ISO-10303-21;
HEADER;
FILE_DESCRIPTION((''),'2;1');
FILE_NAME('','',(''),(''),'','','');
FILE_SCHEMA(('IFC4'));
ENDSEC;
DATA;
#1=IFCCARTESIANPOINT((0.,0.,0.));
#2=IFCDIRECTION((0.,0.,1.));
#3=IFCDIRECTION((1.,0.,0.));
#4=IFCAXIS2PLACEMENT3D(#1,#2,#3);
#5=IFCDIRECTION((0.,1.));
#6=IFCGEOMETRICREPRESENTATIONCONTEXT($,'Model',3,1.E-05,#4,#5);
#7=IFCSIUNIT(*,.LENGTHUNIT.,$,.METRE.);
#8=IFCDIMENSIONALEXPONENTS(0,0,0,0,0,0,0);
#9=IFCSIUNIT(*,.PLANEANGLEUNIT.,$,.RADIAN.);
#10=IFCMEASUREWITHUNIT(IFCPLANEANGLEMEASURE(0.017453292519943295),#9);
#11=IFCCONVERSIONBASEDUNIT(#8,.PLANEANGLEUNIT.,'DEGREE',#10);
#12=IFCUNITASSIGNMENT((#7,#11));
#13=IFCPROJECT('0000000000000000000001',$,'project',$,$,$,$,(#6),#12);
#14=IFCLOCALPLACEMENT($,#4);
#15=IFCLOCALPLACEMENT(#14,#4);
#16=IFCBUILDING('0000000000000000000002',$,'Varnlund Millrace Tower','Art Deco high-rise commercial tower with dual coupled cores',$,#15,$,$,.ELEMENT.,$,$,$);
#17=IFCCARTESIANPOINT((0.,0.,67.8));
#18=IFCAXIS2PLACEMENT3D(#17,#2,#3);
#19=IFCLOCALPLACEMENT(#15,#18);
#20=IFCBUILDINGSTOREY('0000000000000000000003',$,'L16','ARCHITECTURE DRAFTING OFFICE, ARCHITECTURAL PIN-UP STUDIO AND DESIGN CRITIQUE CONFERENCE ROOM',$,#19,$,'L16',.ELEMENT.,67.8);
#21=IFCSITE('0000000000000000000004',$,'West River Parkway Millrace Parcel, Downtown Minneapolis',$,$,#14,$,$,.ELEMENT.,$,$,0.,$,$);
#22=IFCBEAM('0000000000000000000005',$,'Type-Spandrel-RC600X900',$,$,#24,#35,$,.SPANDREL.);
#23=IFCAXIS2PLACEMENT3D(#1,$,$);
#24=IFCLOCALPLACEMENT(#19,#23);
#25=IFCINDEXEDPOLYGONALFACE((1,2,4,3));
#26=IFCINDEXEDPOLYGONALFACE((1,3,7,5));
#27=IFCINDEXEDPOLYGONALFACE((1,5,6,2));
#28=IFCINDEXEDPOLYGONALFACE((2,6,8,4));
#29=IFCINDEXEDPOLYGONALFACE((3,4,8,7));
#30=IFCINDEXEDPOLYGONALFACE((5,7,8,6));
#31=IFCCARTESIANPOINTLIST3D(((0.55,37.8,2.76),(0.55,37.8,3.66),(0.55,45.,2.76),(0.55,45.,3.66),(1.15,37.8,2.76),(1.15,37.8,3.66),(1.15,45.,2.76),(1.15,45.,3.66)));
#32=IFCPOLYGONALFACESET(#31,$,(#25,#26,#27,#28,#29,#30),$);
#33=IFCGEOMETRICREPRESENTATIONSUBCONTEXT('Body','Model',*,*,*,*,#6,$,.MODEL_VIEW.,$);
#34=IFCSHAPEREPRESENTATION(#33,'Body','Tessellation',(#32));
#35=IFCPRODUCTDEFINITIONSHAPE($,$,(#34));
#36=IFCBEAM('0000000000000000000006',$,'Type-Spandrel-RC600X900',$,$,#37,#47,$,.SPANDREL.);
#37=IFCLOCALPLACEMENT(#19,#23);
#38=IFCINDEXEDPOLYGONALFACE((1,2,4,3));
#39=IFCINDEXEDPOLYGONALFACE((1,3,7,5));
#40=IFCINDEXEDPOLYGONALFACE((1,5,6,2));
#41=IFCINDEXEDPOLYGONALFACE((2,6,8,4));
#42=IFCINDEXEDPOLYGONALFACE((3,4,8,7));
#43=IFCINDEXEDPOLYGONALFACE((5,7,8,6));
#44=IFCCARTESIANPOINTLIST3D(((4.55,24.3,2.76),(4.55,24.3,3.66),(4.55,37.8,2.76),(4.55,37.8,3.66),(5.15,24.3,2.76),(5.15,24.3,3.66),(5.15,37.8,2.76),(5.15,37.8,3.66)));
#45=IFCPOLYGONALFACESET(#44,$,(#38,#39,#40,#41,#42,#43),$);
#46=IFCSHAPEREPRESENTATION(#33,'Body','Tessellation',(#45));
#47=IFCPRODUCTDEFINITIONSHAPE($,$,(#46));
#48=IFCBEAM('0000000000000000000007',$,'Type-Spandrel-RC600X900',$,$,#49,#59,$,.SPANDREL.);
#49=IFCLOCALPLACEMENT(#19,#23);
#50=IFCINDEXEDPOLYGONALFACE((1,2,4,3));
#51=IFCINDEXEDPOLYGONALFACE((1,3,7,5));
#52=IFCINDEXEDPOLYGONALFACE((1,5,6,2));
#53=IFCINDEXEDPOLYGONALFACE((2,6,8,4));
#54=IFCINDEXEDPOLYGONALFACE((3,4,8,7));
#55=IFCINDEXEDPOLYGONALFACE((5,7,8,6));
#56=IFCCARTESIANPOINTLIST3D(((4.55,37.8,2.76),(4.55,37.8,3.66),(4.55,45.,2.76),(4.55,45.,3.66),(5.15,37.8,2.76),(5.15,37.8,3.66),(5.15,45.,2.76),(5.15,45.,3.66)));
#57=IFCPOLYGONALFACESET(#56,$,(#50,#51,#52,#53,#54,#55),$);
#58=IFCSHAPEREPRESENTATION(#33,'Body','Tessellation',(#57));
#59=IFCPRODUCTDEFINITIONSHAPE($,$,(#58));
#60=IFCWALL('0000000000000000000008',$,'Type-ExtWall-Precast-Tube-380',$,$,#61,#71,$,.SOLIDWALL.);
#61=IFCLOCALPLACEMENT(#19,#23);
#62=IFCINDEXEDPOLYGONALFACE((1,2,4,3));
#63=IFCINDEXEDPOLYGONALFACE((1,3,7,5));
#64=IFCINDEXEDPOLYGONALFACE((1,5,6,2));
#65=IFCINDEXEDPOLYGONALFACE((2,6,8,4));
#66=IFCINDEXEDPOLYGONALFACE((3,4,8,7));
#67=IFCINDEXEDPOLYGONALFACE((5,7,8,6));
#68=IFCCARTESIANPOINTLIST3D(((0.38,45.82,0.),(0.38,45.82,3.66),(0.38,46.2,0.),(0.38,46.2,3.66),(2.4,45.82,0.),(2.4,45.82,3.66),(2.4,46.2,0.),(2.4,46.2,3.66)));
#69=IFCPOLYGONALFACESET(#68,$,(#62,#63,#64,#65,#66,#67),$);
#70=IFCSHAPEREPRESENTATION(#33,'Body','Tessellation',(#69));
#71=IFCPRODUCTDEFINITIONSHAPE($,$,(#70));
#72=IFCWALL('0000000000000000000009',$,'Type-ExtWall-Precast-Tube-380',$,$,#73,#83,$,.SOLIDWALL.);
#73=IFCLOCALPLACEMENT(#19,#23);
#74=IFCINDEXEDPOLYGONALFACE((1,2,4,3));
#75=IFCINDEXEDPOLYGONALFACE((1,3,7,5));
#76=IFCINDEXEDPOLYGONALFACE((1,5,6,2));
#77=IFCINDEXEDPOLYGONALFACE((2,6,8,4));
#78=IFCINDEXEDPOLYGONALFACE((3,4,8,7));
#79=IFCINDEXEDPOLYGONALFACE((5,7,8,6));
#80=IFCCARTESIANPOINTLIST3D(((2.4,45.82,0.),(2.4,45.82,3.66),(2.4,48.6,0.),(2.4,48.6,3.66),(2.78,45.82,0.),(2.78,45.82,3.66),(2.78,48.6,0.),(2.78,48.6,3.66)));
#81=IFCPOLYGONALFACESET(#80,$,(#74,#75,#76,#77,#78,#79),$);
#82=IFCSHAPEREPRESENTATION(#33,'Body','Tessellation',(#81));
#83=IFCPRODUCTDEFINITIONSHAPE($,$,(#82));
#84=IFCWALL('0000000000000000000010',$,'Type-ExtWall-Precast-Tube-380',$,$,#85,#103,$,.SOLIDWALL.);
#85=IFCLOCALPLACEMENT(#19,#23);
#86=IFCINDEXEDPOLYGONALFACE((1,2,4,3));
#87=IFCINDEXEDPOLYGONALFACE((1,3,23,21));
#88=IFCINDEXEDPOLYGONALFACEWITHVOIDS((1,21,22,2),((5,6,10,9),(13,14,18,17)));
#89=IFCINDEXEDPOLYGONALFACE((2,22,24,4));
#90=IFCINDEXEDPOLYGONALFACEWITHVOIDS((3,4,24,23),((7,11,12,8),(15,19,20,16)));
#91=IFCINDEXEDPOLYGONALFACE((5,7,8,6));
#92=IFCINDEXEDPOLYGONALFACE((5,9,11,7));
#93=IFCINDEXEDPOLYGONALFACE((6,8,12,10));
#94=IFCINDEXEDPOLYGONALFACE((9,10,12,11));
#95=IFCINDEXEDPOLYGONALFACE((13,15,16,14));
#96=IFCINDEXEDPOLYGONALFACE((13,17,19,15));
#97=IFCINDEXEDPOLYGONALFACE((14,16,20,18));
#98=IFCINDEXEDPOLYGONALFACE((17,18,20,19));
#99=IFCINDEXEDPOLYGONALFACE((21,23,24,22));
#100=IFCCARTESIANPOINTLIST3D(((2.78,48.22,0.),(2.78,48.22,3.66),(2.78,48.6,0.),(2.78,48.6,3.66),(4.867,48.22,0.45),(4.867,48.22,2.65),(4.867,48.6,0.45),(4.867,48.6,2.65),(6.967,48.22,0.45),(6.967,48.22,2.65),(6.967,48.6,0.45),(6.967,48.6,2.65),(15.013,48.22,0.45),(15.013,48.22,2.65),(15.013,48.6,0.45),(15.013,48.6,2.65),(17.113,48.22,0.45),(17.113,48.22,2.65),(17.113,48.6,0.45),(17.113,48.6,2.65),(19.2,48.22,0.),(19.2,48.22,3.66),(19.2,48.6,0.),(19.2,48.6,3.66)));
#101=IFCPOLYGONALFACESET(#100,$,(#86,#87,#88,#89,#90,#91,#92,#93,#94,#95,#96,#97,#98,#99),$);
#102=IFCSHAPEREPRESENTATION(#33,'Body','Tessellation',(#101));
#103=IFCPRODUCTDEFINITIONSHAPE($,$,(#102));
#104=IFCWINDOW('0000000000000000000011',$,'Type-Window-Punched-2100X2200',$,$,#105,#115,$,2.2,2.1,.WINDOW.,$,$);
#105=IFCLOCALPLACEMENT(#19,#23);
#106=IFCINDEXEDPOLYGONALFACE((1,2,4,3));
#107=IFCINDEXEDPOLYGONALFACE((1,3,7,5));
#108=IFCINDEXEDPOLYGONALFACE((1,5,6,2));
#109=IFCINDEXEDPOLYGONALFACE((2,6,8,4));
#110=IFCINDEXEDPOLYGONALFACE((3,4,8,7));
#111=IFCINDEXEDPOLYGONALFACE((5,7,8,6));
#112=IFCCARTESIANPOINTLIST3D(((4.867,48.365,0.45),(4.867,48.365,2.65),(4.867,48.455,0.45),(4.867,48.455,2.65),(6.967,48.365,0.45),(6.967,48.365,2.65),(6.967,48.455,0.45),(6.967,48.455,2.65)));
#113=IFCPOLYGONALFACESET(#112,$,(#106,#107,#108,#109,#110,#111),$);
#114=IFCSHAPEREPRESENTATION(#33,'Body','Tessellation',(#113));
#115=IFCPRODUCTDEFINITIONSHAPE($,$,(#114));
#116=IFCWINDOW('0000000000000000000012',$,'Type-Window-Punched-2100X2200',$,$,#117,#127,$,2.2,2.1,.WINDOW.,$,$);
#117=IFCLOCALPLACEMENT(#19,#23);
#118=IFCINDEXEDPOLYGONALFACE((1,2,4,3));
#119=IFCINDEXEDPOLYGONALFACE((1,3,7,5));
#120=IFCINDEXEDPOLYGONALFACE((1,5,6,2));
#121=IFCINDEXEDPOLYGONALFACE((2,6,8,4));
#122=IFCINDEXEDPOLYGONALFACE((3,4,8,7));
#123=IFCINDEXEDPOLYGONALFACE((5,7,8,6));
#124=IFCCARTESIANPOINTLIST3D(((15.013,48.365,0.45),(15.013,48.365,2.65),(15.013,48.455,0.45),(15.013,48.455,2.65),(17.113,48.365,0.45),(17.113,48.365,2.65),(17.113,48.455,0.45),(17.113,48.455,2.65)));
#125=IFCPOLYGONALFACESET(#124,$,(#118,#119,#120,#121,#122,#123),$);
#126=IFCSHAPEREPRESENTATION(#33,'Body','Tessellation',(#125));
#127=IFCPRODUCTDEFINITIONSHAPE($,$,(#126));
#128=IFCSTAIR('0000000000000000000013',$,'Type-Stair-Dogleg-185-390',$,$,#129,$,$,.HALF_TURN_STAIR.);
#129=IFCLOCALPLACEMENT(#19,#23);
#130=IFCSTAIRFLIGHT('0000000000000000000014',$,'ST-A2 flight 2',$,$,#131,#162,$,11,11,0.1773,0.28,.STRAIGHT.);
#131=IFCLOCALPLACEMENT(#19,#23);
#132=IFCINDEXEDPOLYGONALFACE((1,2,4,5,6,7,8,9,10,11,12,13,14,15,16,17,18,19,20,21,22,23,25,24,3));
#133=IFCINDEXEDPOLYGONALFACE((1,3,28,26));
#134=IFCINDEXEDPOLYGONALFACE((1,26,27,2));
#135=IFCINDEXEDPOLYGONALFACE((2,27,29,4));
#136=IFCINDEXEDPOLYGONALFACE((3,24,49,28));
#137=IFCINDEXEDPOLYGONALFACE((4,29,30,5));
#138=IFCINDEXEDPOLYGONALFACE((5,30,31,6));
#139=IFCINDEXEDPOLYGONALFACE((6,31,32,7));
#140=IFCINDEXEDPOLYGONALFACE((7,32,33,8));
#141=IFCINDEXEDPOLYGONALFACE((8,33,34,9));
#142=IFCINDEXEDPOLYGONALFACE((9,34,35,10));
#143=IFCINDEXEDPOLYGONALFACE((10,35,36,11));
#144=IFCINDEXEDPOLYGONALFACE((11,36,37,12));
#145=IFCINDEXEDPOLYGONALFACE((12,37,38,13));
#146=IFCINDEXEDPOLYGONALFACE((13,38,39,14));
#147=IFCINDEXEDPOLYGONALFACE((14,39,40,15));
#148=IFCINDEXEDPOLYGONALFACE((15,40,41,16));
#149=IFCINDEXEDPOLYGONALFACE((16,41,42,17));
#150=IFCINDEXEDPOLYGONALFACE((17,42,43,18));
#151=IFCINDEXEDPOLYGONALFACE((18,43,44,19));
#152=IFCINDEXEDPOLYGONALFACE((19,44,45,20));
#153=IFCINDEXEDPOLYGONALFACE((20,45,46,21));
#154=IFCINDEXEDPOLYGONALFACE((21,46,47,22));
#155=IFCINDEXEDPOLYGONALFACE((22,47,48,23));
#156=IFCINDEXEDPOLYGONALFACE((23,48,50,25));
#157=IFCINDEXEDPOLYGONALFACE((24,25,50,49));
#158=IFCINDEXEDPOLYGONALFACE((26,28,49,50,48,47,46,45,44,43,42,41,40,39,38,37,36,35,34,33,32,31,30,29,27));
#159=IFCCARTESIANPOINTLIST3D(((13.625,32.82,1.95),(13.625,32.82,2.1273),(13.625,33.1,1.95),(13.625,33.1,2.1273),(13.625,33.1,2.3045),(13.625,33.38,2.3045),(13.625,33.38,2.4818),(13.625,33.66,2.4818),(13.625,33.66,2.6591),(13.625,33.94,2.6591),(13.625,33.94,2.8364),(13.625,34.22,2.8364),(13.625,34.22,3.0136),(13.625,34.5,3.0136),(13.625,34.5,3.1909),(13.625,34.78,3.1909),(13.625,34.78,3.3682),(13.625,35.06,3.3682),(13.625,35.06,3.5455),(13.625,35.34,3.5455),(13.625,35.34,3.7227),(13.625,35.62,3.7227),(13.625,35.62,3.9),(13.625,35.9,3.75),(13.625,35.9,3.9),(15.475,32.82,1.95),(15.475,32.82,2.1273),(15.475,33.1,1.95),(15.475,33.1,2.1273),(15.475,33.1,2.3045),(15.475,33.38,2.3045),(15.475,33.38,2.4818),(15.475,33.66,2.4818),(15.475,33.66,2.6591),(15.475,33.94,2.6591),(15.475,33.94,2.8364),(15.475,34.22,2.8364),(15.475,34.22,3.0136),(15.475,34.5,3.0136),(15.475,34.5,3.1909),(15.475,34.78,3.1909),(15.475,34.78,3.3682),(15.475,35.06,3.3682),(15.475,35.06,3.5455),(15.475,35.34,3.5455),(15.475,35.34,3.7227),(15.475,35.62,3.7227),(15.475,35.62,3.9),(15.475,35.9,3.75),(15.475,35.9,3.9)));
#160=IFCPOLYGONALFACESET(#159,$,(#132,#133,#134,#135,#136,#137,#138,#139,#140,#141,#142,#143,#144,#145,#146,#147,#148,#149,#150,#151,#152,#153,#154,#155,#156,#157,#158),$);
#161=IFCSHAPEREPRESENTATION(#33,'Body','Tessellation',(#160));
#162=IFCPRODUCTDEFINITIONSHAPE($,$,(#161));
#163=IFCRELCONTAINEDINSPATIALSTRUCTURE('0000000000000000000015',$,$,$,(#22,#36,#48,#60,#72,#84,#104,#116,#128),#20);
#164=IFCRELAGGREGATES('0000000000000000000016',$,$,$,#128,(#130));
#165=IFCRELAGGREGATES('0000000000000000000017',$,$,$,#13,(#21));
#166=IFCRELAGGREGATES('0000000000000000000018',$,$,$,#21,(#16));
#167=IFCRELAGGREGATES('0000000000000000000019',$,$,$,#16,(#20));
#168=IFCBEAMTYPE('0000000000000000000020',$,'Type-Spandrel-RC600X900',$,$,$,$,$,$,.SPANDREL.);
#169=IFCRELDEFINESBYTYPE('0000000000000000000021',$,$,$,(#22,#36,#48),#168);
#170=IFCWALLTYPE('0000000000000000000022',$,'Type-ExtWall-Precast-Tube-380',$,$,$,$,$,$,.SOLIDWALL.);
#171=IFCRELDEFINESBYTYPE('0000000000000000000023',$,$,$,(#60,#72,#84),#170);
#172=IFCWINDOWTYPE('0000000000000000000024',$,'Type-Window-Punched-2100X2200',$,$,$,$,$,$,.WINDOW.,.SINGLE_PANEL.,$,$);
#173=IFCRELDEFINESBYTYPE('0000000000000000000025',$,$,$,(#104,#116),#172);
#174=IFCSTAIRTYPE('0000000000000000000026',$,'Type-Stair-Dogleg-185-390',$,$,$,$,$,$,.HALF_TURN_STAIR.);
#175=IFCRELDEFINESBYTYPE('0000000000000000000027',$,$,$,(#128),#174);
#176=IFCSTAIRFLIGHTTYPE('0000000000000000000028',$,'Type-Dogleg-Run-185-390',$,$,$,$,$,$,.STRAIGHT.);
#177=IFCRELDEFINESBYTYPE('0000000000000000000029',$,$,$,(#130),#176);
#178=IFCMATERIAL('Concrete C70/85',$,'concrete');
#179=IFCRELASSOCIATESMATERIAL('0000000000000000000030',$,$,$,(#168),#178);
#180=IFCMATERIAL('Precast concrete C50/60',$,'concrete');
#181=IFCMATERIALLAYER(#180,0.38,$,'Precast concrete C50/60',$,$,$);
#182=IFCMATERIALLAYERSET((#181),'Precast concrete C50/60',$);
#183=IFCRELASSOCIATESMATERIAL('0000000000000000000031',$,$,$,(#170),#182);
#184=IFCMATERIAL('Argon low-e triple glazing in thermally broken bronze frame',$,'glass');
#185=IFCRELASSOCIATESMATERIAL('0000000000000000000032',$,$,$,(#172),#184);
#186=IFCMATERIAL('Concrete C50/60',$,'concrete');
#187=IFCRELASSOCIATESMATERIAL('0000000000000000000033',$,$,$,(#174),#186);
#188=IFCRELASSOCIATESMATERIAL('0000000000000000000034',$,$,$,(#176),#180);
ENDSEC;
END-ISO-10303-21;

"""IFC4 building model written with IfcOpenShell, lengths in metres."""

from ifc_helpers import new_model, entity, si_unit, converted_unit, direction, frame, origin_with_axes, origin_2d_with_axis, place, context, subcontext, project, spatial, polyline, rectangle, outline, extrude, material, layer, layer_set, material_profile, profile_set, type_object, element, fill, aggregate, save


model = new_model("IFC4")

# Units and contexts
model_context = context("Model", 3, precision=1e-05, world=origin_with_axes(), true_north=direction((0.0, 1.0)))
body_context = subcontext(model_context, "Body", "Model", "MODEL_VIEW")
ifc_project = project(units=[si_unit("LENGTHUNIT", "METRE"), converted_unit("PLANEANGLEUNIT", "DEGREE", entity("IfcPlaneAngleMeasure", 0.017453292519943295), si_unit("PLANEANGLEUNIT", "RADIAN"), dimensions=[0, 0, 0, 0, 0, 0, 0])], contexts=[model_context])

# Site, building, storey
site_placement = place(None, origin_with_axes())
site = spatial("IfcSite", under=ifc_project, at=site_placement, Name="West River Parkway Millrace Parcel, Downtown Minneapolis", CompositionType="ELEMENT", RefElevation=0.0)
building_placement = place(site_placement, origin_with_axes())
building = spatial("IfcBuilding", under=site, at=building_placement, Name="Varnlund Millrace Tower", Description="Art Deco high-rise commercial tower with dual coupled cores", CompositionType="ELEMENT")
storey_placement = place(building_placement, frame((0.0, 0.0, 67.8), z_axis=(0.0, 0.0, 1.0), x_axis=(1.0, 0.0, 0.0)))
storey = spatial("IfcBuildingStorey", under=building, at=storey_placement, Name="L16", Description="ARCHITECTURE DRAFTING OFFICE, ARCHITECTURAL PIN-UP STUDIO AND DESIGN CRITIQUE CONFERENCE ROOM", LongName="L16", CompositionType="ELEMENT", Elevation=67.8)

# Beams
ifc_material_1 = material(Name="Concrete C70/85", Category="concrete")
ifc_material_profile_1 = material_profile(ifc_material_1, rectangle(XDim=0.6, YDim=0.9, at=origin_2d_with_axis()), Name="Concrete C70/85")
ifc_profile_set_1 = profile_set([ifc_material_profile_1], Name="Concrete C70/85")
beam_type_1 = type_object("IfcBeamType", Name="Type-Spandrel-RC600X900", PredefinedType="SPANDREL", material=ifc_profile_set_1)
beam_1_placement = place(storey_placement, frame((0.85, 37.8, 3.21), z_axis=(0.0, 1.0, 0.0), x_axis=(-1.0, 0.0, 0.0)))
element("IfcBeam", 1, at=beam_1_placement, inside=storey, type_object=beam_type_1, Name="Type-Spandrel-RC600X900", PredefinedType="SPANDREL", context=body_context, shape_type="SweptSolid", body=[
    extrude(rectangle(XDim=0.6, YDim=0.9, at=origin_2d_with_axis()), origin_with_axes(), (0.0, 0.0, 1.0), 7.2),
])
beam_2_placement = place(storey_placement, frame((4.85, 24.3, 3.21), z_axis=(0.0, 1.0, 0.0), x_axis=(-1.0, 0.0, 0.0)))
element("IfcBeam", 2, at=beam_2_placement, inside=storey, type_object=beam_type_1, Name="Type-Spandrel-RC600X900", PredefinedType="SPANDREL", context=body_context, shape_type="SweptSolid", body=[
    extrude(rectangle(XDim=0.6, YDim=0.9, at=origin_2d_with_axis()), origin_with_axes(), (0.0, 0.0, 1.0), 13.5),
])
beam_3_placement = place(storey_placement, frame((4.85, 37.8, 3.21), z_axis=(0.0, 1.0, 0.0), x_axis=(-1.0, 0.0, 0.0)))
element("IfcBeam", 3, at=beam_3_placement, inside=storey, type_object=beam_type_1, Name="Type-Spandrel-RC600X900", PredefinedType="SPANDREL", context=body_context, shape_type="SweptSolid", body=[
    extrude(rectangle(XDim=0.6, YDim=0.9, at=origin_2d_with_axis()), origin_with_axes(), (0.0, 0.0, 1.0), 7.2),
])

# Walls
ifc_material_2 = material(Name="Precast concrete C50/60", Category="concrete")
ifc_layer = layer(ifc_material_2, 0.38, Name="Precast concrete C50/60")
ifc_layer_set = layer_set([ifc_layer], Name="Precast concrete C50/60")
wall_type = type_object("IfcWallType", Name="Type-ExtWall-Precast-Tube-380", PredefinedType="SOLIDWALL", material=ifc_layer_set)
wall_1_placement = place(storey_placement, frame((0.38, 46.01, 0.0), z_axis=(0.0, 0.0, 1.0), x_axis=(1.0, 0.0, 0.0)))
element("IfcWall", 4, at=wall_1_placement, inside=storey, type_object=wall_type, Name="Type-ExtWall-Precast-Tube-380", PredefinedType="SOLIDWALL", context=body_context, shape_type="SweptSolid", body=[
    extrude(outline(polyline([(0.0, -0.19), (2.02, -0.19), (2.02, 0.19), (0.0, 0.19), (0.0, -0.19)])), origin_with_axes(), (0.0, 0.0, 1.0), 3.66),
])
wall_2_placement = place(storey_placement, frame((2.59, 45.82, 0.0), z_axis=(0.0, 0.0, 1.0), x_axis=(0.0, 1.0, 0.0)))
element("IfcWall", 5, at=wall_2_placement, inside=storey, type_object=wall_type, Name="Type-ExtWall-Precast-Tube-380", PredefinedType="SOLIDWALL", context=body_context, shape_type="SweptSolid", body=[
    extrude(outline(polyline([(0.0, -0.19), (2.78, -0.19), (2.78, 0.19), (0.0, 0.19), (0.0, -0.19)])), origin_with_axes(), (0.0, 0.0, 1.0), 3.66),
])

# Wall, openings, windows
wall_3_placement = place(storey_placement, frame((2.78, 48.41, 0.0), z_axis=(0.0, 0.0, 1.0), x_axis=(1.0, 0.0, 0.0)))
wall_3 = element("IfcWall", 6, at=wall_3_placement, inside=storey, type_object=wall_type, Name="Type-ExtWall-Precast-Tube-380", PredefinedType="SOLIDWALL", context=body_context, shape_type="SweptSolid", body=[
    extrude(outline(polyline([(0.0, -0.19), (16.42, -0.19), (16.42, 0.19), (0.0, 0.19), (0.0, -0.19)])), origin_with_axes(), (0.0, 0.0, 1.0), 3.66),
])
opening_1_placement = place(wall_3_placement, frame((3.137, 0.0, 0.45), z_axis=(0.0, 0.0, 1.0), x_axis=(1.0, 0.0, 0.0)))
opening_1 = element("IfcOpeningElement", 7, at=opening_1_placement, cuts=wall_3, PredefinedType="OPENING", context=body_context, shape_type="SweptSolid", body=[
    extrude(rectangle(XDim=2.1, YDim=0.4, at=origin_2d_with_axis()), origin_with_axes(), (0.0, 0.0, 1.0), 2.2),
])
opening_2_placement = place(wall_3_placement, frame((13.283, 0.0, 0.45), z_axis=(0.0, 0.0, 1.0), x_axis=(1.0, 0.0, 0.0)))
opening_2 = element("IfcOpeningElement", 8, at=opening_2_placement, cuts=wall_3, PredefinedType="OPENING", context=body_context, shape_type="SweptSolid", body=[
    extrude(rectangle(XDim=2.1, YDim=0.4, at=origin_2d_with_axis()), origin_with_axes(), (0.0, 0.0, 1.0), 2.2),
])
ifc_material_3 = material(Name="Argon low-e triple glazing in thermally broken bronze frame", Category="glass")
window_type = type_object("IfcWindowType", Name="Type-Window-Punched-2100X2200", PartitioningType="SINGLE_PANEL", PredefinedType="WINDOW", material=ifc_material_3)
window_1_placement = place(wall_3_placement, frame((3.137, 0.0, 0.45), z_axis=(0.0, 0.0, 1.0), x_axis=(1.0, 0.0, 0.0)))
window_1 = element("IfcWindow", 9, at=window_1_placement, inside=storey, type_object=window_type, Name="Type-Window-Punched-2100X2200", OverallHeight=2.2, OverallWidth=2.1, PredefinedType="WINDOW", context=body_context, shape_type="SweptSolid", body=[
    extrude(rectangle(XDim=2.1, YDim=0.09, at=origin_2d_with_axis()), origin_with_axes(), (0.0, 0.0, 1.0), 2.2),
])
fill(opening_1, window_1)
window_2_placement = place(wall_3_placement, frame((13.283, 0.0, 0.45), z_axis=(0.0, 0.0, 1.0), x_axis=(1.0, 0.0, 0.0)))
window_2 = element("IfcWindow", 10, at=window_2_placement, inside=storey, type_object=window_type, Name="Type-Window-Punched-2100X2200", OverallHeight=2.2, OverallWidth=2.1, PredefinedType="WINDOW", context=body_context, shape_type="SweptSolid", body=[
    extrude(rectangle(XDim=2.1, YDim=0.09, at=origin_2d_with_axis()), origin_with_axes(), (0.0, 0.0, 1.0), 2.2),
])
fill(opening_2, window_2)

# Stair, stair flight
ifc_material_4 = material(Name="Concrete C50/60", Category="concrete")
stair_type = type_object("IfcStairType", Name="Type-Stair-Dogleg-185-390", PredefinedType="HALF_TURN_STAIR", material=ifc_material_4)
stair_placement = place(storey_placement, origin_with_axes())
stair = element("IfcStair", 11, at=stair_placement, inside=storey, type_object=stair_type, Name="Type-Stair-Dogleg-185-390", PredefinedType="HALF_TURN_STAIR")
stair_flight_type = type_object("IfcStairFlightType", Name="Type-Dogleg-Run-185-390", PredefinedType="STRAIGHT", material=ifc_material_2)
stair_flight_placement = place(storey_placement, frame((13.625, 32.82, 1.95), z_axis=(1.0, 0.0, 0.0), x_axis=(0.0, 1.0, 0.0)))
stair_flight = element("IfcStairFlight", 12, at=stair_flight_placement, type_object=stair_flight_type, Name="ST-A2 flight 2", NumberOfRisers=11, NumberOfTreads=11, PredefinedType="STRAIGHT", RiserHeight=0.1773, TreadLength=0.28, context=body_context, shape_type="SweptSolid", body=[
    extrude(outline(polyline([(0.0, 0.0), (0.0, 0.1773), (0.28, 0.1773), (0.28, 0.3545), (0.56, 0.3545), (0.56, 0.5318), (0.84, 0.5318), (0.84, 0.7091), (1.12, 0.7091), (1.12, 0.8864), (1.4, 0.8864), (1.4, 1.0636), (1.68, 1.0636), (1.68, 1.2409), (1.96, 1.2409), (1.96, 1.4182), (2.24, 1.4182), (2.24, 1.5955), (2.52, 1.5955), (2.52, 1.7727), (2.8, 1.7727), (2.8, 1.95), (3.08, 1.95), (3.08, 1.8), (0.28, 0.0), (0.0, 0.0)])), origin_with_axes(), (0.0, 0.0, 1.0), 1.85),
])
aggregate(stair, [stair_flight])

save(model, "model.ifc")
